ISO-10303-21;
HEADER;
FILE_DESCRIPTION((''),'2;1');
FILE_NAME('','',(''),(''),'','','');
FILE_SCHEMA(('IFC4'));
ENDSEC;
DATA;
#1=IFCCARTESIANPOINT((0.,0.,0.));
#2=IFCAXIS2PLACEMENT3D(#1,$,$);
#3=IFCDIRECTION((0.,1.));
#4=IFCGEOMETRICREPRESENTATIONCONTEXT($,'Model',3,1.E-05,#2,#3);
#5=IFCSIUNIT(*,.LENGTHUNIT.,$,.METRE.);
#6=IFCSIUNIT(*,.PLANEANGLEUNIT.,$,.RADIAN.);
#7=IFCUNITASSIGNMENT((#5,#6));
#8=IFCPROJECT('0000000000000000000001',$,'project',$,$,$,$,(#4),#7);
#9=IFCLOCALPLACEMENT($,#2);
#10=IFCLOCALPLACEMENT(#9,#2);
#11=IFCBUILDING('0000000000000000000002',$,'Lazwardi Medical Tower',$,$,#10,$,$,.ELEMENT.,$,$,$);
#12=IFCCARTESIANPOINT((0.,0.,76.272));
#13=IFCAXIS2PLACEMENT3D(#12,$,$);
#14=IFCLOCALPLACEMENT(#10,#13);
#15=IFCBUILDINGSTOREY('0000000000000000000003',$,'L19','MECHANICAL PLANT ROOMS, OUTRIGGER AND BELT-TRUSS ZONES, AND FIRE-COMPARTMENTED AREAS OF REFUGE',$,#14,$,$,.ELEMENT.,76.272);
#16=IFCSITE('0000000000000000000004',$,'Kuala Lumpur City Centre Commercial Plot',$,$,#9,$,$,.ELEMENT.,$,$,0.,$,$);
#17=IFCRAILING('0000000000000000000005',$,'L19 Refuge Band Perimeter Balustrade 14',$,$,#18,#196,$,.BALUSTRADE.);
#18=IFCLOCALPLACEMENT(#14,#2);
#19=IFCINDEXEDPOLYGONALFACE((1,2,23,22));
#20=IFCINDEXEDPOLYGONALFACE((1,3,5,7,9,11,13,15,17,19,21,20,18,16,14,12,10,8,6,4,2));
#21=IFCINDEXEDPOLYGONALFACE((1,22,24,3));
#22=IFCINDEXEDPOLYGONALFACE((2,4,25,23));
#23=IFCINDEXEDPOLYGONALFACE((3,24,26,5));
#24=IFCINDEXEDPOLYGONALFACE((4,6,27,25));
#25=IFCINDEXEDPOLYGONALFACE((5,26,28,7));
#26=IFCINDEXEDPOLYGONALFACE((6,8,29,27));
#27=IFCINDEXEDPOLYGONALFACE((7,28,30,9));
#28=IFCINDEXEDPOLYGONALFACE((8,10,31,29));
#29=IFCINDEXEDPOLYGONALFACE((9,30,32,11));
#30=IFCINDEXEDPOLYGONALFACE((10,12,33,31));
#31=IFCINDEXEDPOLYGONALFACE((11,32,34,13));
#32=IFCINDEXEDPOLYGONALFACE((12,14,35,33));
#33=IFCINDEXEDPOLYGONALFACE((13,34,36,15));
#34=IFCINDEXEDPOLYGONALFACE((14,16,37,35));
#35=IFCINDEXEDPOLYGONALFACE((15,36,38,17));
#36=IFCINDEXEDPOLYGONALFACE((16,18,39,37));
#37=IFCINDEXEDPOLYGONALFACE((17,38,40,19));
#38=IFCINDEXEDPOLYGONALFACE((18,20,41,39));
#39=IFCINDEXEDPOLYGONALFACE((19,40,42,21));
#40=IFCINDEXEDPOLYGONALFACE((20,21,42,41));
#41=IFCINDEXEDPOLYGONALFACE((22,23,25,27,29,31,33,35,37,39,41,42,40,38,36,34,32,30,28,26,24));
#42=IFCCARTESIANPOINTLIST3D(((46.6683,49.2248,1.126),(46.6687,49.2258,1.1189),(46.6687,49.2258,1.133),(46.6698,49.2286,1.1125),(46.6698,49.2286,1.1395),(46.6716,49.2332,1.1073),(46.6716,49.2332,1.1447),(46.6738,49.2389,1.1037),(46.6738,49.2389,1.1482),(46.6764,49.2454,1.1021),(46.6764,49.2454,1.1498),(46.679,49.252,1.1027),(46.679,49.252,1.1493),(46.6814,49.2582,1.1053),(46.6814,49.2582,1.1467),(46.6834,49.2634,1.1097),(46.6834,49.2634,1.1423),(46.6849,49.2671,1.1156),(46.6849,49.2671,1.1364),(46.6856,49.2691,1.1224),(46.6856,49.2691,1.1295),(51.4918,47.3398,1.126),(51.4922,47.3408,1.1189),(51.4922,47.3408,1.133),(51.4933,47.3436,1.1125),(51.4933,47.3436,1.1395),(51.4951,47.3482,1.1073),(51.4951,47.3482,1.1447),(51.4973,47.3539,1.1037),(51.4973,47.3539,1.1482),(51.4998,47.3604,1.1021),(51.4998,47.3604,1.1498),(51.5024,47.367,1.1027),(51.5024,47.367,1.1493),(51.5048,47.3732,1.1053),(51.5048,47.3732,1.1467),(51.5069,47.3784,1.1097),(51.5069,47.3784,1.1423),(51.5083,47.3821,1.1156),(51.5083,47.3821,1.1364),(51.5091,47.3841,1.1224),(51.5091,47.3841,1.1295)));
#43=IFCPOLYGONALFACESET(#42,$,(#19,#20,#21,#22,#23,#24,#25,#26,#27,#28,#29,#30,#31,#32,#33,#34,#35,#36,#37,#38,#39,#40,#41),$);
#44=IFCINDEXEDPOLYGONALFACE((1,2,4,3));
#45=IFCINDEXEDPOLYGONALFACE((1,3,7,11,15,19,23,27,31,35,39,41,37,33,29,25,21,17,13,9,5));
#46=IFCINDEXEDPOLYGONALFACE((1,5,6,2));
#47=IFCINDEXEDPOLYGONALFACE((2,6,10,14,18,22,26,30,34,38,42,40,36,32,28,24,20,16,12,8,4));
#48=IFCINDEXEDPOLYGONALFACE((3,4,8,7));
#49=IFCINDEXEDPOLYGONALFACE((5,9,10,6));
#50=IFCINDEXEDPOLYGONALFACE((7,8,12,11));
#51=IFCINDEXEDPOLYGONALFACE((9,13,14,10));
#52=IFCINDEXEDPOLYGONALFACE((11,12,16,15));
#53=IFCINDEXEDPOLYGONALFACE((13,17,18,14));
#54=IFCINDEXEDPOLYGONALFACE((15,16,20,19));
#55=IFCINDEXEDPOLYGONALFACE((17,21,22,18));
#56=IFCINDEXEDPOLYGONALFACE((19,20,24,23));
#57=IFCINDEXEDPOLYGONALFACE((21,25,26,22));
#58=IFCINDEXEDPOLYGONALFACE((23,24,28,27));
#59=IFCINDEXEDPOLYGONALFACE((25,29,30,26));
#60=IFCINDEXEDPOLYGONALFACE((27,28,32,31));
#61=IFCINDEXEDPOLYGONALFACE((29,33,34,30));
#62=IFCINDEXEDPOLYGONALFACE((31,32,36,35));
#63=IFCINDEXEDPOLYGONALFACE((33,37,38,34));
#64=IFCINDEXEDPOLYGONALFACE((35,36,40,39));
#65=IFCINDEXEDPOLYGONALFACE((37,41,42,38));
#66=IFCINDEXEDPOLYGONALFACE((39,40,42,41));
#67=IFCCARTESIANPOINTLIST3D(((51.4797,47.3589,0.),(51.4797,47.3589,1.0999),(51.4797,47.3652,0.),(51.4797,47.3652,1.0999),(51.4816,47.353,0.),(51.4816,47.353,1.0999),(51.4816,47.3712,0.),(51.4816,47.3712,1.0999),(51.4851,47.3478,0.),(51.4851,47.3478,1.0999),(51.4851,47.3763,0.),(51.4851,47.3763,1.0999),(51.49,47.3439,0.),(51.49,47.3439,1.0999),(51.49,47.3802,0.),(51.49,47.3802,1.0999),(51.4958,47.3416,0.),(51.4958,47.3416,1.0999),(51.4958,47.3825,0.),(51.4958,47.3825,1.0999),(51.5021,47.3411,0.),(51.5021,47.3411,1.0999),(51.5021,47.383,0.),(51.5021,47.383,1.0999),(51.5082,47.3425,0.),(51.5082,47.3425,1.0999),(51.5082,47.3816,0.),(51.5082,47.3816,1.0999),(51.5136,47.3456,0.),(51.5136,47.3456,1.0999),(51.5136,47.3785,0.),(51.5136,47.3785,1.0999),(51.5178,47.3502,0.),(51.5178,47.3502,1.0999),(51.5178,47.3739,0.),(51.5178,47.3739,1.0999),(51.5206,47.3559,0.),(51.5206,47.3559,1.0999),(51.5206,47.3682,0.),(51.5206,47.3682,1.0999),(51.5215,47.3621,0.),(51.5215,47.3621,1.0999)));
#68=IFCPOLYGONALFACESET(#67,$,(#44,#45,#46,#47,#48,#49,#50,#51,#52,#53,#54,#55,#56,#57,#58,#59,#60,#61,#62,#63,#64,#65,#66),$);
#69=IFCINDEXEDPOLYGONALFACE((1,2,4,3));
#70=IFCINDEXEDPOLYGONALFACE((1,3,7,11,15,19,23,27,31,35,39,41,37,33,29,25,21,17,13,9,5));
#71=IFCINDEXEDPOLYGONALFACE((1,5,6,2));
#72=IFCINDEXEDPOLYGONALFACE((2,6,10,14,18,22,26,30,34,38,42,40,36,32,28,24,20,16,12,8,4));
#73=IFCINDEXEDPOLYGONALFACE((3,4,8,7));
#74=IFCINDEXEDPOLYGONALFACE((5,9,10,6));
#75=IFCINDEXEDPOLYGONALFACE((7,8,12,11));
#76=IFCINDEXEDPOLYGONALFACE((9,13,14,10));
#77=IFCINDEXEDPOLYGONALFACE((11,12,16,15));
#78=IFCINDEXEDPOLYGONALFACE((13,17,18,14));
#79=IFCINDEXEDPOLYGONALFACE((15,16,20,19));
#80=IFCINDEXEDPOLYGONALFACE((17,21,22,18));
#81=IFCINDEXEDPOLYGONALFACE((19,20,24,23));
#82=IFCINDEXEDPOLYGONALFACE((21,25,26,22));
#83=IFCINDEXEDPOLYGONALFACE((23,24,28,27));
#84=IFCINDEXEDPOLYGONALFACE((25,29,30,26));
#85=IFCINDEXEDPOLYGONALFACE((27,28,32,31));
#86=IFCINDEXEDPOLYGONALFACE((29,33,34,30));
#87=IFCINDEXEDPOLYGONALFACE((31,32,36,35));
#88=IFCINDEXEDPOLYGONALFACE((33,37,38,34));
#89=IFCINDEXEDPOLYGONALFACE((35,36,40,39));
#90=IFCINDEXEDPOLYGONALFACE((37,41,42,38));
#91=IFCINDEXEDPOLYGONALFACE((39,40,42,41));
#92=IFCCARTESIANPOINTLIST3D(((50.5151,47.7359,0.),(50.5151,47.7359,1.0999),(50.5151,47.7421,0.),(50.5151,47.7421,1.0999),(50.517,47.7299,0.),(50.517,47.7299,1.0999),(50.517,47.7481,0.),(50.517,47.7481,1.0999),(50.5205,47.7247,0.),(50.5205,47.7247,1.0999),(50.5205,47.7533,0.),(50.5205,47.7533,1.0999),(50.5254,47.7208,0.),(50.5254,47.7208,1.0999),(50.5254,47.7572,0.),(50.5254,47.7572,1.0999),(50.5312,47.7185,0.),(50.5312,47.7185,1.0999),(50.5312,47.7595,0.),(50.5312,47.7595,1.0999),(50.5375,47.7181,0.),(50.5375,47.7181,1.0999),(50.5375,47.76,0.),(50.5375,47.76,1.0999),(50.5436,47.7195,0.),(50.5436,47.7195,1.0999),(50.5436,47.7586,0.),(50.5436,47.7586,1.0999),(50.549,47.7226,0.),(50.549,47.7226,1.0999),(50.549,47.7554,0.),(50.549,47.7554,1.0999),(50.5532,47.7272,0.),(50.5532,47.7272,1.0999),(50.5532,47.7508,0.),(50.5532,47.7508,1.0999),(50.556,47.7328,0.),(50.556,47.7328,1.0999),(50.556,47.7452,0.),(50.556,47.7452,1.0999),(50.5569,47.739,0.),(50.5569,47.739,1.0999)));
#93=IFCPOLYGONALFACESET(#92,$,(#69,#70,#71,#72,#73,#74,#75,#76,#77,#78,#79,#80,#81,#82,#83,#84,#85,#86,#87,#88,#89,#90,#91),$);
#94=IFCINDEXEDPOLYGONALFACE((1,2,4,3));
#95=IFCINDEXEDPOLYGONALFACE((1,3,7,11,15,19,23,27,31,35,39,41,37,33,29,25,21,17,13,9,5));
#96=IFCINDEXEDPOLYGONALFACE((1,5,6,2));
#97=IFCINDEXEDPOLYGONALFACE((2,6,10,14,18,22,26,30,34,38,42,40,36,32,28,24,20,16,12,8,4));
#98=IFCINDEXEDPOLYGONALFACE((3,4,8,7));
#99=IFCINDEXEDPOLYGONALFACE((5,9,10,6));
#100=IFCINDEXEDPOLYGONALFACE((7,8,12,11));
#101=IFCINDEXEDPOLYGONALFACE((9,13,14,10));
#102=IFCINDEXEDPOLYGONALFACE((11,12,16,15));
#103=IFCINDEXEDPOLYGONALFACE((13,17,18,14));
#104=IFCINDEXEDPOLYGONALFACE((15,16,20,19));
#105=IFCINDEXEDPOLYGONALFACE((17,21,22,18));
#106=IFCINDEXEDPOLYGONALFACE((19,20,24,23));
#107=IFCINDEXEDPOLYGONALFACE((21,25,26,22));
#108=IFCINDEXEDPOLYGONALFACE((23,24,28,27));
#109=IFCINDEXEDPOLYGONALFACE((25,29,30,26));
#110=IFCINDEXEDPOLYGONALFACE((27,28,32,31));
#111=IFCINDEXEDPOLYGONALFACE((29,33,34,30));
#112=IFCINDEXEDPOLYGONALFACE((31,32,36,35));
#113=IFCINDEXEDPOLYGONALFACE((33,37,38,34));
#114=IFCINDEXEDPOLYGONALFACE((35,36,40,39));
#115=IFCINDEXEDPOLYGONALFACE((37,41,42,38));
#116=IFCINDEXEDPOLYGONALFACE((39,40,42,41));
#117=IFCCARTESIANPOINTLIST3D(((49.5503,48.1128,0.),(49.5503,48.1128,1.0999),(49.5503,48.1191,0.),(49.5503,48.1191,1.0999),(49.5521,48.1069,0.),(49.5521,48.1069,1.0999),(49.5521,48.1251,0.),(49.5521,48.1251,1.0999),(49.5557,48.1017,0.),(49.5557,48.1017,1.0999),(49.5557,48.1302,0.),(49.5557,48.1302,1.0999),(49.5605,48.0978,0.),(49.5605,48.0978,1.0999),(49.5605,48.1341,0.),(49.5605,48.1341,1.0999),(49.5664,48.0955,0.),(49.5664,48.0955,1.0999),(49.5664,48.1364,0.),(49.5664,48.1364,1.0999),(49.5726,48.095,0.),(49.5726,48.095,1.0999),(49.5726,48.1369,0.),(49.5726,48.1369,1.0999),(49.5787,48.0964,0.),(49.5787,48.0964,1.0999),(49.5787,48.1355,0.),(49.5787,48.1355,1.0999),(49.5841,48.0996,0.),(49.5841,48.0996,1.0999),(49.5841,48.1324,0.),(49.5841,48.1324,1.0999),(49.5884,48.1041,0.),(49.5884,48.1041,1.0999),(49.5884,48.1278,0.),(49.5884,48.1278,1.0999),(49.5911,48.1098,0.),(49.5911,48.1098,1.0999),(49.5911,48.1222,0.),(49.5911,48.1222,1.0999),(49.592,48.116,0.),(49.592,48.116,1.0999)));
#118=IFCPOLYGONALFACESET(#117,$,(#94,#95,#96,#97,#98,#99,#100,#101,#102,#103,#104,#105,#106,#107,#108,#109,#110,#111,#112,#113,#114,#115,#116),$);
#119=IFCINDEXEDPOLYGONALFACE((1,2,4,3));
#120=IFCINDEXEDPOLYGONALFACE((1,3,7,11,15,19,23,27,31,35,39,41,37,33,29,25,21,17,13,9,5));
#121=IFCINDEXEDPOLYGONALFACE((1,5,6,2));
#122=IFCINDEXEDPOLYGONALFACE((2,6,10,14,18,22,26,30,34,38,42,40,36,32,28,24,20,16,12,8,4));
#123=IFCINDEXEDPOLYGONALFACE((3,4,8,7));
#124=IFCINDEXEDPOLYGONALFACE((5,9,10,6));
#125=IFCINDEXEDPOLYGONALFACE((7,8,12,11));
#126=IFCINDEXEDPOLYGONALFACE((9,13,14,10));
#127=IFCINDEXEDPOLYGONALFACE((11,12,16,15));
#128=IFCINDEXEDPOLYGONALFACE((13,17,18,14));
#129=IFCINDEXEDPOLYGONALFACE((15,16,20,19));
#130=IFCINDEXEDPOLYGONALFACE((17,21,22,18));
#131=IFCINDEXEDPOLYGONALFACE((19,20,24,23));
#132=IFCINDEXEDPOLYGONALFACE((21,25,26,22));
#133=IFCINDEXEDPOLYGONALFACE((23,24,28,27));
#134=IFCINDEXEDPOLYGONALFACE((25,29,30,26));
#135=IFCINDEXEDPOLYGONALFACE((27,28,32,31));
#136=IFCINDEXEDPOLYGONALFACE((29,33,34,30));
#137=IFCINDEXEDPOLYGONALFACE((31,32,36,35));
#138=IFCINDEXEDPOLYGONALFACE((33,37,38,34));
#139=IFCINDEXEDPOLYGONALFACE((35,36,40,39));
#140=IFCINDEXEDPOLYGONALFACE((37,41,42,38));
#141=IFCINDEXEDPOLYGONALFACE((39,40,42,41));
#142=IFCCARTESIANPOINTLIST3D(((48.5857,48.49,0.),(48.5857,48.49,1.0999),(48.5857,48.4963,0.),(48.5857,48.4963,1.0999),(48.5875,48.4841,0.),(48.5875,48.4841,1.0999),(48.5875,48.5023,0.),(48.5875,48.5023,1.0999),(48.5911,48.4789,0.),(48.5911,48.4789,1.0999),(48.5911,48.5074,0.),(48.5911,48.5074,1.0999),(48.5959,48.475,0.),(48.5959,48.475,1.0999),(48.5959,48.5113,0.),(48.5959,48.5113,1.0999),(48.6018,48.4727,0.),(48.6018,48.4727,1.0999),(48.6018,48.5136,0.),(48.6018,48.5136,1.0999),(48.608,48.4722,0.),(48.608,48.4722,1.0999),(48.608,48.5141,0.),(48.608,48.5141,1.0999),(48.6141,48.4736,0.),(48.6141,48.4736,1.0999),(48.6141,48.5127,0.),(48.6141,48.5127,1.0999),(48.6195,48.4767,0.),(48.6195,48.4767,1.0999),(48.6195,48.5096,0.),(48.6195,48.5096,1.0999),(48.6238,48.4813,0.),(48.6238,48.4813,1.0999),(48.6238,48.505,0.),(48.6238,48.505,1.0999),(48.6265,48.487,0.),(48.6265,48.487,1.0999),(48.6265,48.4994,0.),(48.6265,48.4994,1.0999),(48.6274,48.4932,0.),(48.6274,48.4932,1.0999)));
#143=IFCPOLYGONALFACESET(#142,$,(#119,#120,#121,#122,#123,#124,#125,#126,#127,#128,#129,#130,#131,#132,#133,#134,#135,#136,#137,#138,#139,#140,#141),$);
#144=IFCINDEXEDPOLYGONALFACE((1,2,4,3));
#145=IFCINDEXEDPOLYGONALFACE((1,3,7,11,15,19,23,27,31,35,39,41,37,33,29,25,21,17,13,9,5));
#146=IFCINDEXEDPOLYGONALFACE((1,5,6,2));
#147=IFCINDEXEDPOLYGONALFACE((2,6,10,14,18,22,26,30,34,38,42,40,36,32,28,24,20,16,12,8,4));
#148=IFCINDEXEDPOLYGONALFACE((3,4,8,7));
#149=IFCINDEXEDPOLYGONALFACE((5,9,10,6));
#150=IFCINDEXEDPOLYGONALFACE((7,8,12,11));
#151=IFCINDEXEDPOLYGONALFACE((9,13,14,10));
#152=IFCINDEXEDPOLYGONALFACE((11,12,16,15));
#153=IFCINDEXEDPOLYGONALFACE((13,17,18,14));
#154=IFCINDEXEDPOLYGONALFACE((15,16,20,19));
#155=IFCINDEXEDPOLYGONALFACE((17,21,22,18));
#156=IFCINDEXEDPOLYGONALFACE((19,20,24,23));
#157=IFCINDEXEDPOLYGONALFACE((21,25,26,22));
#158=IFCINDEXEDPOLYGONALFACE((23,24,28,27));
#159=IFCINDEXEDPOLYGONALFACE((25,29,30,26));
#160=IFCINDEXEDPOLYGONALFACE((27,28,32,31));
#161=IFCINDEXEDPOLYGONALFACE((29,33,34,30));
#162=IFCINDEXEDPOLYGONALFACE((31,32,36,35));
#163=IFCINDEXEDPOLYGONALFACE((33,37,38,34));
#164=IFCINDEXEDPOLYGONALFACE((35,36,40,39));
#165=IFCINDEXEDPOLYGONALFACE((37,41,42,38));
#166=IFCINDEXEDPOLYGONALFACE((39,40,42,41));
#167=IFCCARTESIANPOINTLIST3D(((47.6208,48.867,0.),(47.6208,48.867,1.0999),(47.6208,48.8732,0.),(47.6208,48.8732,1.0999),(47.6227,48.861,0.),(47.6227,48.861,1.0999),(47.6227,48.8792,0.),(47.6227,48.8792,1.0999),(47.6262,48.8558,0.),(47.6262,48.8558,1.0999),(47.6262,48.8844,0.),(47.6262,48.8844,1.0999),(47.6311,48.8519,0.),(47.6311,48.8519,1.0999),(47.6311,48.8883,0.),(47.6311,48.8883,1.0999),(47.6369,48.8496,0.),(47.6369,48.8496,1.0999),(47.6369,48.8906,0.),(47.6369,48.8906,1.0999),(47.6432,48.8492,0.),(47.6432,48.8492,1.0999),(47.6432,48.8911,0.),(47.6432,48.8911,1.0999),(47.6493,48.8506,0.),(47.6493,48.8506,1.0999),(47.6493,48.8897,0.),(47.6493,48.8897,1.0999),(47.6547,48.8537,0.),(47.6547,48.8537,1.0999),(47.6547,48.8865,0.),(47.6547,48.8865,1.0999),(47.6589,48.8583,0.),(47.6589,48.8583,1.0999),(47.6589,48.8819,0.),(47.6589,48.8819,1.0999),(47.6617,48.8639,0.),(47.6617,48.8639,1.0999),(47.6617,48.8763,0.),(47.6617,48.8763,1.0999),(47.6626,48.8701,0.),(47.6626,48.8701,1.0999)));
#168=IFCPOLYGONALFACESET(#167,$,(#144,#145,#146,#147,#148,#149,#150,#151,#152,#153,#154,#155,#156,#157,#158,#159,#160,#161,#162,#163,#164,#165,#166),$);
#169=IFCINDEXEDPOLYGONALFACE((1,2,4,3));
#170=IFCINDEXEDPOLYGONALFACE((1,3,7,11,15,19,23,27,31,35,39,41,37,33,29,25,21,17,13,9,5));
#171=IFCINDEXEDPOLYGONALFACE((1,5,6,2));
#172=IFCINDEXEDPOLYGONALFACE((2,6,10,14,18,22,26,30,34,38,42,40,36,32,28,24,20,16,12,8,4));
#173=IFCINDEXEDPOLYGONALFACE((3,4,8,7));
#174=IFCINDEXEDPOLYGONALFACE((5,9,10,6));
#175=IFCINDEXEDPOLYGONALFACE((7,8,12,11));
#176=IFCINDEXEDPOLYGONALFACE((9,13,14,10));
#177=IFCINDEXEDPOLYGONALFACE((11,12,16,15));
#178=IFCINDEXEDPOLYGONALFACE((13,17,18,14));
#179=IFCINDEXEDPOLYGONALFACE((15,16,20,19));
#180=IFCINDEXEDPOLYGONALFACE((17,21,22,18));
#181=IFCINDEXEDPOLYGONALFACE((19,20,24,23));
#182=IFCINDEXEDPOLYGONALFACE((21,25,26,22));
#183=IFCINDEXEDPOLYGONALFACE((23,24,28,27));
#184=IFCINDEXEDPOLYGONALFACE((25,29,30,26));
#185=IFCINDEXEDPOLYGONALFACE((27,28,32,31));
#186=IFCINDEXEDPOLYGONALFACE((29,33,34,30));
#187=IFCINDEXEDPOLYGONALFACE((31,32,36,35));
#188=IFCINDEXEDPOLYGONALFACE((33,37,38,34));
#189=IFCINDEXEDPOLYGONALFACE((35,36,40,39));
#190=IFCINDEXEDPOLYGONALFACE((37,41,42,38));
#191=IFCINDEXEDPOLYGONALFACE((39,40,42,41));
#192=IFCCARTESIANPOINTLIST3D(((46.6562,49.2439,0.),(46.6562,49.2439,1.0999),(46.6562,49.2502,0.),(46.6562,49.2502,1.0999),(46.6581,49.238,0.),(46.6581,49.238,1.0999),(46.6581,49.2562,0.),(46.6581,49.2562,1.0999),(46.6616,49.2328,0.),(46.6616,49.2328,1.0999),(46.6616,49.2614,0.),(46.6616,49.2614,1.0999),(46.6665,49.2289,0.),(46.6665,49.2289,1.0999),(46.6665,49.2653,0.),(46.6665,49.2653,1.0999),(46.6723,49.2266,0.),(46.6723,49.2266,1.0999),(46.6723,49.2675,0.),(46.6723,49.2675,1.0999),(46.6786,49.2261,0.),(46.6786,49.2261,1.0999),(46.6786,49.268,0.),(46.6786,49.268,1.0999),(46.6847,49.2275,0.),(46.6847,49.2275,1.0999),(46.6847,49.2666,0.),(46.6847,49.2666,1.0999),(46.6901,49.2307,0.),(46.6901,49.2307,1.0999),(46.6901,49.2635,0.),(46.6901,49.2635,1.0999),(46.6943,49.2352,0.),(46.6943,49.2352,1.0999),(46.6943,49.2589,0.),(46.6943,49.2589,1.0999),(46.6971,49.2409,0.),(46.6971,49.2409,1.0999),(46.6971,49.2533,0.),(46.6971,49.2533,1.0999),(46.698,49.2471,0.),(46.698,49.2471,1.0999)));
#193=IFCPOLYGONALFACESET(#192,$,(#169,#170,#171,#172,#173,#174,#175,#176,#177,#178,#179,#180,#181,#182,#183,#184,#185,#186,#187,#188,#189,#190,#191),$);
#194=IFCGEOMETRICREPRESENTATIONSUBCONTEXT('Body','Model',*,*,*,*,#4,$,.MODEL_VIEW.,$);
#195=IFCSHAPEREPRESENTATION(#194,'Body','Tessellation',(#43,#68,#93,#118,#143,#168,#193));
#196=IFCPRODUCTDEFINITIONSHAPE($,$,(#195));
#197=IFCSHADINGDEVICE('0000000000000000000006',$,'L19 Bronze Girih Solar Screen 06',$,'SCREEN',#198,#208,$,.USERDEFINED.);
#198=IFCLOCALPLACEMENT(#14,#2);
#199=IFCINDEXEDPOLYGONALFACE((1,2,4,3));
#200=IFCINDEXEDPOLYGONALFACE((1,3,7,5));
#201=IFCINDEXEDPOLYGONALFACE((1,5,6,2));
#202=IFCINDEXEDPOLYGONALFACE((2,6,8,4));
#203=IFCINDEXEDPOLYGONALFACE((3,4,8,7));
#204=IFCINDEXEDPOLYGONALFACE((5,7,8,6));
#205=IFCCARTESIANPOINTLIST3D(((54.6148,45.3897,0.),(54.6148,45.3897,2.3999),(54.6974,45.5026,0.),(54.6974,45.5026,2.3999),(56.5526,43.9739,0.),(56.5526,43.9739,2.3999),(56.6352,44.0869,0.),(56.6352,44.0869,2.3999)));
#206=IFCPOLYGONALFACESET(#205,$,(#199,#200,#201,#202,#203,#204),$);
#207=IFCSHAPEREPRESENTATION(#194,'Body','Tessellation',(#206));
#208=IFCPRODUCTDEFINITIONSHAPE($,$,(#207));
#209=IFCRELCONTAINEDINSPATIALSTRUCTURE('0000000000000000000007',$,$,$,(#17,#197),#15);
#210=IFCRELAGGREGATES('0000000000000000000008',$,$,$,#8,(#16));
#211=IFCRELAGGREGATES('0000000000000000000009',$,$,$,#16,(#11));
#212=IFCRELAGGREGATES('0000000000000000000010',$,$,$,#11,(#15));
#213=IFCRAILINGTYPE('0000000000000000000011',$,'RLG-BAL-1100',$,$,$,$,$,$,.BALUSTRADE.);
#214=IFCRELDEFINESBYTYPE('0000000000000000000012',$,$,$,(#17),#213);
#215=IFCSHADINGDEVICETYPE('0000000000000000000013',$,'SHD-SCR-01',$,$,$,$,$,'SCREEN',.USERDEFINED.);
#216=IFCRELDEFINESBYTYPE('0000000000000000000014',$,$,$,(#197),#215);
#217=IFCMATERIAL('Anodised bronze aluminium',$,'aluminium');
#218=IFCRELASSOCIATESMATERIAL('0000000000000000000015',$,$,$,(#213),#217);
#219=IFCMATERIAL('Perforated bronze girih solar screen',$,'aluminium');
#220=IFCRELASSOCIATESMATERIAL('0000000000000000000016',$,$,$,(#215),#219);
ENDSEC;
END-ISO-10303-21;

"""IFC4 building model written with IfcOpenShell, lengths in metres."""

from ifc_helpers import new_model, si_unit, direction, frame, origin, origin_2d, place, context, subcontext, project, spatial, rectangle, circle, extrude, material, type_object, element, save


model = new_model("IFC4")

# Units and contexts
model_context = context("Model", 3, precision=1e-05, world=origin(), true_north=direction((0.0, 1.0)))
body_context = subcontext(model_context, "Body", "Model", "MODEL_VIEW")
ifc_project = project(units=[si_unit("LENGTHUNIT", "METRE"), si_unit("PLANEANGLEUNIT", "RADIAN")], contexts=[model_context])

# Site, building, storey
site_placement = place(None, origin())
site = spatial("IfcSite", under=ifc_project, at=site_placement, Name="Kuala Lumpur City Centre Commercial Plot", CompositionType="ELEMENT", RefElevation=0.0)
building_placement = place(site_placement, origin())
building = spatial("IfcBuilding", under=site, at=building_placement, Name="Lazwardi Medical Tower", CompositionType="ELEMENT")
storey_placement = place(building_placement, frame((0.0, 0.0, 76.272)))
storey = spatial("IfcBuildingStorey", under=building, at=storey_placement, Name="L19", Description="MECHANICAL PLANT ROOMS, OUTRIGGER AND BELT-TRUSS ZONES, AND FIRE-COMPARTMENTED AREAS OF REFUGE", CompositionType="ELEMENT", Elevation=76.272)

# Railing
ifc_material_1 = material(Name="Anodised bronze aluminium", Category="aluminium")
railing_type = type_object("IfcRailingType", Name="RLG-BAL-1100", PredefinedType="BALUSTRADE", material=ifc_material_1)
railing_1_placement = place(storey_placement, frame((51.5005, 47.3621, 0.0)))
element("IfcRailing", 1, at=railing_1_placement, inside=storey, type_object=railing_type, Name="L19 Refuge Band Perimeter Balustrade 14", PredefinedType="BALUSTRADE", context=body_context, shape_type="SweptSolid", body=[
    extrude(circle(Radius=0.0239, at=origin_2d()), frame((0.0, 0.0, 1.126), z_axis=(-0.931403, 0.36399, 0.0), x_axis=(-0.36399, -0.931403, 0.0)), (0.0, 0.0, 1.0), 5.1787),
    extrude(circle(Radius=0.021, at=origin_2d()), origin(), (0.0, 0.0, 1.0), 1.0999),
    extrude(circle(Radius=0.021, at=origin_2d()), frame((-0.9646, 0.377, 0.0)), (0.0, 0.0, 1.0), 1.0999),
    extrude(circle(Radius=0.021, at=origin_2d()), frame((-1.9294, 0.7539, 0.0)), (0.0, 0.0, 1.0), 1.0999),
    extrude(circle(Radius=0.021, at=origin_2d()), frame((-2.894, 1.1311, 0.0)), (0.0, 0.0, 1.0), 1.0999),
    extrude(circle(Radius=0.021, at=origin_2d()), frame((-3.8589, 1.5081, 0.0)), (0.0, 0.0, 1.0), 1.0999),
    extrude(circle(Radius=0.021, at=origin_2d()), frame((-4.8235, 1.885, 0.0)), (0.0, 0.0, 1.0), 1.0999),
])

# Shading device
ifc_material_2 = material(Name="Perforated bronze girih solar screen", Category="aluminium")
shading_device_type = type_object("IfcShadingDeviceType", Name="SHD-SCR-01", ElementType="SCREEN", PredefinedType="USERDEFINED", material=ifc_material_2)
shading_device_placement = place(storey_placement, frame((55.625, 44.7383, 0.0), z_axis=(0.0, 0.0, 1.0), x_axis=(-0.807456, 0.589928, 0.0)))
element("IfcShadingDevice", 2, at=shading_device_placement, inside=storey, type_object=shading_device_type, Name="L19 Bronze Girih Solar Screen 06", ObjectType="SCREEN", PredefinedType="USERDEFINED", context=body_context, shape_type="SweptSolid", body=[
    extrude(rectangle(XDim=2.3999, YDim=0.1399, at=origin_2d()), origin(), (0.0, 0.0, 1.0), 2.3999),
])

save(model, "model.ifc")
